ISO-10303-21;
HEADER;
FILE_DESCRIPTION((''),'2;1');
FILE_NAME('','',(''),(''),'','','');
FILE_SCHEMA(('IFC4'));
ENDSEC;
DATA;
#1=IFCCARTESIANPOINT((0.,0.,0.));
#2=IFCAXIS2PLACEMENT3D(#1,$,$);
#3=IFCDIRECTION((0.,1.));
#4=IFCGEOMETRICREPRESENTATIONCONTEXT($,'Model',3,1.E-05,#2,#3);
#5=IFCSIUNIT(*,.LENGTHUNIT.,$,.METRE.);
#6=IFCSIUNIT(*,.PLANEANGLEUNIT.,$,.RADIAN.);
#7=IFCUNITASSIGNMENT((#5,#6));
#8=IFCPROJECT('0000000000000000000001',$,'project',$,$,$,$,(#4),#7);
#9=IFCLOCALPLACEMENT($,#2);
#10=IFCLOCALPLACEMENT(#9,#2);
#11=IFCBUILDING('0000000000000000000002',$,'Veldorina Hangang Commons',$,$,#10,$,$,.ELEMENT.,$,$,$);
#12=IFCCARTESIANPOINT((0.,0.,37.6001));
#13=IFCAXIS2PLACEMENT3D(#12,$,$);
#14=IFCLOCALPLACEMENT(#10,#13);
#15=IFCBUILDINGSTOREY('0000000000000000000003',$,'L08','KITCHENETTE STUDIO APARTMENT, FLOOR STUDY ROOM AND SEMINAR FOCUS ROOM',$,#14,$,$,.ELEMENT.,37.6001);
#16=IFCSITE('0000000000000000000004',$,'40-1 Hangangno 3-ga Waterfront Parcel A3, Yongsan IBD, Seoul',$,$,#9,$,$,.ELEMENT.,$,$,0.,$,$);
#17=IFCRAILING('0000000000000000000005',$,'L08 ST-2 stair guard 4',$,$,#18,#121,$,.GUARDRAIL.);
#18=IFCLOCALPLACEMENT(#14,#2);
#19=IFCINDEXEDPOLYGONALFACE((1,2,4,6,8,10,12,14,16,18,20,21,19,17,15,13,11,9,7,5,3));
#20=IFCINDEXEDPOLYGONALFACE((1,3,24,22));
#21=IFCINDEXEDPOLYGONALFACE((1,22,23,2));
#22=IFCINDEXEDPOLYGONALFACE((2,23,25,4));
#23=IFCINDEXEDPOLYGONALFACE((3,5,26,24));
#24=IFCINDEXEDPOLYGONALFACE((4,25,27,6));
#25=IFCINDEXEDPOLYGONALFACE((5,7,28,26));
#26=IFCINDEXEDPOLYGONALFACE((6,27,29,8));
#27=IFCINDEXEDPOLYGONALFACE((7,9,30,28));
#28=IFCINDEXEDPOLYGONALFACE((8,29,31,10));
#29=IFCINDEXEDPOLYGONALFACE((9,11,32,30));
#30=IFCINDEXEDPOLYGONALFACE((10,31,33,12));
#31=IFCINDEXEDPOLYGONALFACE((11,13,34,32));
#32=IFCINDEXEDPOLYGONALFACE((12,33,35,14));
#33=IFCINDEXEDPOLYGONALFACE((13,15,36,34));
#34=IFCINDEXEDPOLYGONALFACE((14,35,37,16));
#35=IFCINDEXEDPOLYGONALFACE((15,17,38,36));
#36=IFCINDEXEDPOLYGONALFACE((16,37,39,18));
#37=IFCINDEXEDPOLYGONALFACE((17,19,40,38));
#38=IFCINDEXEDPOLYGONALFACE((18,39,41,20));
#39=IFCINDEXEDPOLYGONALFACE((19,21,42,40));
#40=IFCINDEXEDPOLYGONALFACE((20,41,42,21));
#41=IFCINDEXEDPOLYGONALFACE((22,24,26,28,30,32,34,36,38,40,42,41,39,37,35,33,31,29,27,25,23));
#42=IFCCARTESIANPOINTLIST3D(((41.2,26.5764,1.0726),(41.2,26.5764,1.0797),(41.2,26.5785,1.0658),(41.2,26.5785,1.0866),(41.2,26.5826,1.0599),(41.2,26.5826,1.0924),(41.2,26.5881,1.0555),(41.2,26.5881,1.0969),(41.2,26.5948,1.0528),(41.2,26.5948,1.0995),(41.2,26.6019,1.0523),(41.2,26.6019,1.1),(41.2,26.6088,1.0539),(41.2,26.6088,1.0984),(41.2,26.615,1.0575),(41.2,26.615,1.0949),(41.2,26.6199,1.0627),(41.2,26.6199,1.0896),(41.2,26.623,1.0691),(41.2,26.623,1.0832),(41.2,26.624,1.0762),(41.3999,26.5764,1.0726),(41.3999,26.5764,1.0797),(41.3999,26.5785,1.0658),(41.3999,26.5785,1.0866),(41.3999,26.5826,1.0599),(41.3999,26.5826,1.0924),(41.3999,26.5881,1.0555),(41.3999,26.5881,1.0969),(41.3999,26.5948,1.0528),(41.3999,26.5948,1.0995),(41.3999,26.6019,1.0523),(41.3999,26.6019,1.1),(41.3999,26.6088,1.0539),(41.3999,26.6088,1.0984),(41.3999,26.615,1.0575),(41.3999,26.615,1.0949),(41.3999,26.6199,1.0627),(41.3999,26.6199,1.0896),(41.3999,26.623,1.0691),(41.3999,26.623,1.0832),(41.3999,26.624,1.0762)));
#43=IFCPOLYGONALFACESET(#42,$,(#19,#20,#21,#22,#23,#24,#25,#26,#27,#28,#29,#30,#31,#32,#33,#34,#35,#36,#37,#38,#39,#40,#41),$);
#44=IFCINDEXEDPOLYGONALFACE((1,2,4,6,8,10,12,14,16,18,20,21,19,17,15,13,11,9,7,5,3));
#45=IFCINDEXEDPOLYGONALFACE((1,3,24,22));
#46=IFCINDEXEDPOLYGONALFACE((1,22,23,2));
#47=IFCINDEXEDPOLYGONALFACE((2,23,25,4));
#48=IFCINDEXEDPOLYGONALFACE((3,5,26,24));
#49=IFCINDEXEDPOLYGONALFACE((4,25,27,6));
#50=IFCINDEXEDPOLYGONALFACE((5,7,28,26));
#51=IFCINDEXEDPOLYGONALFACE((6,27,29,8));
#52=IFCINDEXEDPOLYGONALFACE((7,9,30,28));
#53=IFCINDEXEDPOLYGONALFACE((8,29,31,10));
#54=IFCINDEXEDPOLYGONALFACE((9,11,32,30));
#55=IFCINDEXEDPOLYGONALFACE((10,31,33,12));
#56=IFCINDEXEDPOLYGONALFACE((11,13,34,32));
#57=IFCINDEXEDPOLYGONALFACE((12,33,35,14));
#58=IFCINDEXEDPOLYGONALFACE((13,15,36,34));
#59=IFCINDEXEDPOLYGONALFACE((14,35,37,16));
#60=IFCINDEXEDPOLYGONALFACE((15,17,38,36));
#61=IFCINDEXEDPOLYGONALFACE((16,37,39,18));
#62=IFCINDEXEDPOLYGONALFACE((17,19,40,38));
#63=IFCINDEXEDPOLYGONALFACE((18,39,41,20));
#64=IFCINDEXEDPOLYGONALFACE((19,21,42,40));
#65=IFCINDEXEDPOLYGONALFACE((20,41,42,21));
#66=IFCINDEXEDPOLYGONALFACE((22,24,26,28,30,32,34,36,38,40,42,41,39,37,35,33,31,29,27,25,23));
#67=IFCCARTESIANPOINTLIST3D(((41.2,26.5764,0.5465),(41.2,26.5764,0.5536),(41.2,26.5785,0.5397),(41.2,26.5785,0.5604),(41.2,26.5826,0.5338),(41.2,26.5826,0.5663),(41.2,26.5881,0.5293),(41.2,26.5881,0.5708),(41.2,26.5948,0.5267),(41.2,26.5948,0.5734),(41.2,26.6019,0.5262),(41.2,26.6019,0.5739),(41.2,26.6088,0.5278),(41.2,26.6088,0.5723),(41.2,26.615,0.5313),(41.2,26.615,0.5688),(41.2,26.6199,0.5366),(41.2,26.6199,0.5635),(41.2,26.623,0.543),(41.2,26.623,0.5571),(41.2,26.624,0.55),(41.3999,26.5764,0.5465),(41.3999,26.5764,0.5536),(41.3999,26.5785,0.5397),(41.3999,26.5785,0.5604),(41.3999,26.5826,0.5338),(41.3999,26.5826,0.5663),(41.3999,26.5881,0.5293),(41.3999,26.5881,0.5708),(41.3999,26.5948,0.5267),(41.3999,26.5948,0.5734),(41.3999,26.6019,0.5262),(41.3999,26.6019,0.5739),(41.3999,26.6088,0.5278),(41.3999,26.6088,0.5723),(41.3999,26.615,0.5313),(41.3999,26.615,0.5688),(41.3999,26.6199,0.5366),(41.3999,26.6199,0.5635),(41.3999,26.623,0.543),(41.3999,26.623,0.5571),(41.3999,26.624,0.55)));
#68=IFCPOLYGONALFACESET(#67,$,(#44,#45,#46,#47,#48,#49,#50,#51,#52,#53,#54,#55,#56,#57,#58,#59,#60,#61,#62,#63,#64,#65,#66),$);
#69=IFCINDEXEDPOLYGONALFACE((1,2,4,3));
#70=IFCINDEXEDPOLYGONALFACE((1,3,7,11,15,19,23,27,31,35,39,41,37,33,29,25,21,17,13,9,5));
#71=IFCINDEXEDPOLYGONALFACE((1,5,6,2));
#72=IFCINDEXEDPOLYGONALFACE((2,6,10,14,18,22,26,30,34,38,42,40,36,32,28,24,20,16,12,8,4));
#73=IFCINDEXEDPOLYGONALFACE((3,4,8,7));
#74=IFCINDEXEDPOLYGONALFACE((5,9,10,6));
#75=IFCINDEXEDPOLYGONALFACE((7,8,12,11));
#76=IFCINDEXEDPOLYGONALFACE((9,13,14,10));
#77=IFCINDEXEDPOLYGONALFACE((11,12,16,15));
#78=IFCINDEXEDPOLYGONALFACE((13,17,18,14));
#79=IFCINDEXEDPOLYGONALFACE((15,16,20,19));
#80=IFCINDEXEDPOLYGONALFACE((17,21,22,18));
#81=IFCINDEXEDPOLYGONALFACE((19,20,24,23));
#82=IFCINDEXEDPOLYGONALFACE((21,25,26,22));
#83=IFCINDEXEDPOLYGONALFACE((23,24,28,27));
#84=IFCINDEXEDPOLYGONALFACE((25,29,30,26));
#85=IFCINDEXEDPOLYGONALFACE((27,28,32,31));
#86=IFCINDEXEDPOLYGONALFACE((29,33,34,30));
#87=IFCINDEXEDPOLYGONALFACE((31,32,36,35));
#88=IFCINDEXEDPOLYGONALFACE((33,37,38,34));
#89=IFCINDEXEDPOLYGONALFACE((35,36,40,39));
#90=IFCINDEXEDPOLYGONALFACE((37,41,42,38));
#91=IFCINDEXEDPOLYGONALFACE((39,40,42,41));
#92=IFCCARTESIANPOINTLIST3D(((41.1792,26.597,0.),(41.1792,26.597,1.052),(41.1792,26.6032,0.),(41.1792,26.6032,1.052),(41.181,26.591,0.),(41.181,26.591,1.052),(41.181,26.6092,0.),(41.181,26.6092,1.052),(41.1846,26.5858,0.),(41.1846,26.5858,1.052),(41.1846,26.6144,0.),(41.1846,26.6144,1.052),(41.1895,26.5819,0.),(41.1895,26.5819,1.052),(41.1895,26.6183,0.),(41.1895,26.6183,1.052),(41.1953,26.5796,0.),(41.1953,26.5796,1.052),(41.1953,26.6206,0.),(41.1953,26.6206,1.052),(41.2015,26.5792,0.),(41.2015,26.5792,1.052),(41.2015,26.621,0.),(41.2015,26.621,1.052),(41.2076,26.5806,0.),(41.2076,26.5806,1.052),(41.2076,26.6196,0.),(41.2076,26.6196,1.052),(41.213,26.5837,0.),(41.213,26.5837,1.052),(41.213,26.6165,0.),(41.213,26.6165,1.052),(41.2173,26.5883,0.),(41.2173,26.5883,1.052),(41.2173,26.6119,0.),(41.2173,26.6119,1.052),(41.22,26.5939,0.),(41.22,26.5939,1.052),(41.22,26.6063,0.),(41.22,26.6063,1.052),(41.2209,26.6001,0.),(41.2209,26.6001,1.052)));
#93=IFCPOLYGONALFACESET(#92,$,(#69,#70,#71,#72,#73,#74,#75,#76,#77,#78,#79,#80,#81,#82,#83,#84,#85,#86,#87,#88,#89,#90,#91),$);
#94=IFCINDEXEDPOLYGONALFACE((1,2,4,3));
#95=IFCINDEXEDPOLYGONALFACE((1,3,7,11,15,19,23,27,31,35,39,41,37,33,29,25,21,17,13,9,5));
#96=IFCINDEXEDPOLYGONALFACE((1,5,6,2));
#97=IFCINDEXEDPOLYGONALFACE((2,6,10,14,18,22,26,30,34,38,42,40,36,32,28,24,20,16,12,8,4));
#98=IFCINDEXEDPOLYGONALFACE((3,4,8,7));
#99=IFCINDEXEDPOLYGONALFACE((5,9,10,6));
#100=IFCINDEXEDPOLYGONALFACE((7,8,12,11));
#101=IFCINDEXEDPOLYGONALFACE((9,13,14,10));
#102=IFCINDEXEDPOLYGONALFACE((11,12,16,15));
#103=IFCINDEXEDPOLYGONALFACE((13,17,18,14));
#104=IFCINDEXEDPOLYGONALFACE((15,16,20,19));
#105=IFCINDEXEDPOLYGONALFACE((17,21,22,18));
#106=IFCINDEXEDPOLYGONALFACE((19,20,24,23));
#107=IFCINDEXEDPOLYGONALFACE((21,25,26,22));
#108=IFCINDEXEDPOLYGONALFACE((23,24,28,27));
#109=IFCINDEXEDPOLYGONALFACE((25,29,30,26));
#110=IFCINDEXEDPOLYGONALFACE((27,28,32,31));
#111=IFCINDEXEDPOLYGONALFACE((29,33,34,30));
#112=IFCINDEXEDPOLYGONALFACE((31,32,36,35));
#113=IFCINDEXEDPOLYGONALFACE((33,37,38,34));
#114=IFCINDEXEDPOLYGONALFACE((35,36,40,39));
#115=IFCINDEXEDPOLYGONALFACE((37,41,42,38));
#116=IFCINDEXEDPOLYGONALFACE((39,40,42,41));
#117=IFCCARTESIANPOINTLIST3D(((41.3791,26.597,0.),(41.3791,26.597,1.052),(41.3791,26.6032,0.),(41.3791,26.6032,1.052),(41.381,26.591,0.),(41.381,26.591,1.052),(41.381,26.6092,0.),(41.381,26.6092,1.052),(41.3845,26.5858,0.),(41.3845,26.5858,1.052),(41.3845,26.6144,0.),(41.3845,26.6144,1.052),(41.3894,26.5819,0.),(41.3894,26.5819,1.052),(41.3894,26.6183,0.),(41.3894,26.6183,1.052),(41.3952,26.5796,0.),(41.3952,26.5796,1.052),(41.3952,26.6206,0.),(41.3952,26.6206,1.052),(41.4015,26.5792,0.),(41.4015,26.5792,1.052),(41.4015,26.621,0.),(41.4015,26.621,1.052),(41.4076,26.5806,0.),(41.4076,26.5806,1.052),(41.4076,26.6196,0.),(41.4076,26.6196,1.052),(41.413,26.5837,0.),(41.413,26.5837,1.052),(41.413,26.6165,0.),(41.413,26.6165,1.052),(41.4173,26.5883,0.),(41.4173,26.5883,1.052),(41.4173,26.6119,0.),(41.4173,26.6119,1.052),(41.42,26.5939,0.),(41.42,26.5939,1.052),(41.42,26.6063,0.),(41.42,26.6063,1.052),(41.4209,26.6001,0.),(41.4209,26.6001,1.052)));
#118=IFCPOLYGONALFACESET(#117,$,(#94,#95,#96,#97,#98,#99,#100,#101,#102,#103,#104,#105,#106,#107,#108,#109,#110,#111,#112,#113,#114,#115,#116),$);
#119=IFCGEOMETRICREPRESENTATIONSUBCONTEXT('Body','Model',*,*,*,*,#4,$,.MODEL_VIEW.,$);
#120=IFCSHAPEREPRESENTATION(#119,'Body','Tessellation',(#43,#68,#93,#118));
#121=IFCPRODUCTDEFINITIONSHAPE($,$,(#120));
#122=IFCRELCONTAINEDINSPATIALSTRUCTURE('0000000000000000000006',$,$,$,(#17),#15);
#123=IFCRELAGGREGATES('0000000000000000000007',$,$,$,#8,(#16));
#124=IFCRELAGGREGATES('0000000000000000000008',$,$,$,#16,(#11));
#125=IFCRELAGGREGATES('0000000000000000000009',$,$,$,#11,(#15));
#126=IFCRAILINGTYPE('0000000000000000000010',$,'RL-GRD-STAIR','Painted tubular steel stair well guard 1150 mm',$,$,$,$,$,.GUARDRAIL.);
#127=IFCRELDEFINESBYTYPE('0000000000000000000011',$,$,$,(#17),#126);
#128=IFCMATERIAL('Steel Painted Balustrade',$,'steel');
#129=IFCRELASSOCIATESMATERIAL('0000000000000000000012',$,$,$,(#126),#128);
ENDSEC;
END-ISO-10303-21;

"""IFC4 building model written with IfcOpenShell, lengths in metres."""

from ifc_helpers import new_model, si_unit, direction, frame, origin, origin_2d, place, context, subcontext, project, spatial, circle, extrude, material, type_object, element, save


model = new_model("IFC4")

# Units and contexts
model_context = context("Model", 3, precision=1e-05, world=origin(), true_north=direction((0.0, 1.0)))
body_context = subcontext(model_context, "Body", "Model", "MODEL_VIEW")
ifc_project = project(units=[si_unit("LENGTHUNIT", "METRE"), si_unit("PLANEANGLEUNIT", "RADIAN")], contexts=[model_context])

# Site, building, storey
site_placement = place(None, origin())
site = spatial("IfcSite", under=ifc_project, at=site_placement, Name="40-1 Hangangno 3-ga Waterfront Parcel A3, Yongsan IBD, Seoul", CompositionType="ELEMENT", RefElevation=0.0)
building_placement = place(site_placement, origin())
building = spatial("IfcBuilding", under=site, at=building_placement, Name="Veldorina Hangang Commons", CompositionType="ELEMENT")
storey_placement = place(building_placement, frame((0.0, 0.0, 37.6001)))
storey = spatial("IfcBuildingStorey", under=building, at=storey_placement, Name="L08", Description="KITCHENETTE STUDIO APARTMENT, FLOOR STUDY ROOM AND SEMINAR FOCUS ROOM", CompositionType="ELEMENT", Elevation=37.6001)

# Railing
ifc_material_1 = material(Name="Steel Painted Balustrade", Category="steel")
railing_type_1 = type_object("IfcRailingType", Name="RL-GRD-STAIR", Description="Painted tubular steel stair well guard 1150 mm", PredefinedType="GUARDRAIL", material=ifc_material_1)
railing_1_placement = place(storey_placement, frame((41.2, 26.6001, 0.0)))
element("IfcRailing", 1, at=railing_1_placement, inside=storey, type_object=railing_type_1, Name="L08 ST-2 stair guard 4", PredefinedType="GUARDRAIL", context=body_context, shape_type="SweptSolid", body=[
    extrude(circle(Radius=0.0239, at=origin_2d()), frame((0.0, 0.0, 1.0762), z_axis=(1.0, 0.0, 0.0), x_axis=(0.0, 1.0, 0.0)), (0.0, 0.0, 1.0), 0.2),
    extrude(circle(Radius=0.0239, at=origin_2d()), frame((0.0, 0.0, 0.55), z_axis=(1.0, 0.0, 0.0), x_axis=(0.0, 1.0, 0.0)), (0.0, 0.0, 1.0), 0.2),
    extrude(circle(Radius=0.021, at=origin_2d()), origin(), (0.0, 0.0, 1.0), 1.052),
    extrude(circle(Radius=0.021, at=origin_2d()), frame((0.2, 0.0, 0.0)), (0.0, 0.0, 1.0), 1.052),
])

save(model, "model.ifc")
